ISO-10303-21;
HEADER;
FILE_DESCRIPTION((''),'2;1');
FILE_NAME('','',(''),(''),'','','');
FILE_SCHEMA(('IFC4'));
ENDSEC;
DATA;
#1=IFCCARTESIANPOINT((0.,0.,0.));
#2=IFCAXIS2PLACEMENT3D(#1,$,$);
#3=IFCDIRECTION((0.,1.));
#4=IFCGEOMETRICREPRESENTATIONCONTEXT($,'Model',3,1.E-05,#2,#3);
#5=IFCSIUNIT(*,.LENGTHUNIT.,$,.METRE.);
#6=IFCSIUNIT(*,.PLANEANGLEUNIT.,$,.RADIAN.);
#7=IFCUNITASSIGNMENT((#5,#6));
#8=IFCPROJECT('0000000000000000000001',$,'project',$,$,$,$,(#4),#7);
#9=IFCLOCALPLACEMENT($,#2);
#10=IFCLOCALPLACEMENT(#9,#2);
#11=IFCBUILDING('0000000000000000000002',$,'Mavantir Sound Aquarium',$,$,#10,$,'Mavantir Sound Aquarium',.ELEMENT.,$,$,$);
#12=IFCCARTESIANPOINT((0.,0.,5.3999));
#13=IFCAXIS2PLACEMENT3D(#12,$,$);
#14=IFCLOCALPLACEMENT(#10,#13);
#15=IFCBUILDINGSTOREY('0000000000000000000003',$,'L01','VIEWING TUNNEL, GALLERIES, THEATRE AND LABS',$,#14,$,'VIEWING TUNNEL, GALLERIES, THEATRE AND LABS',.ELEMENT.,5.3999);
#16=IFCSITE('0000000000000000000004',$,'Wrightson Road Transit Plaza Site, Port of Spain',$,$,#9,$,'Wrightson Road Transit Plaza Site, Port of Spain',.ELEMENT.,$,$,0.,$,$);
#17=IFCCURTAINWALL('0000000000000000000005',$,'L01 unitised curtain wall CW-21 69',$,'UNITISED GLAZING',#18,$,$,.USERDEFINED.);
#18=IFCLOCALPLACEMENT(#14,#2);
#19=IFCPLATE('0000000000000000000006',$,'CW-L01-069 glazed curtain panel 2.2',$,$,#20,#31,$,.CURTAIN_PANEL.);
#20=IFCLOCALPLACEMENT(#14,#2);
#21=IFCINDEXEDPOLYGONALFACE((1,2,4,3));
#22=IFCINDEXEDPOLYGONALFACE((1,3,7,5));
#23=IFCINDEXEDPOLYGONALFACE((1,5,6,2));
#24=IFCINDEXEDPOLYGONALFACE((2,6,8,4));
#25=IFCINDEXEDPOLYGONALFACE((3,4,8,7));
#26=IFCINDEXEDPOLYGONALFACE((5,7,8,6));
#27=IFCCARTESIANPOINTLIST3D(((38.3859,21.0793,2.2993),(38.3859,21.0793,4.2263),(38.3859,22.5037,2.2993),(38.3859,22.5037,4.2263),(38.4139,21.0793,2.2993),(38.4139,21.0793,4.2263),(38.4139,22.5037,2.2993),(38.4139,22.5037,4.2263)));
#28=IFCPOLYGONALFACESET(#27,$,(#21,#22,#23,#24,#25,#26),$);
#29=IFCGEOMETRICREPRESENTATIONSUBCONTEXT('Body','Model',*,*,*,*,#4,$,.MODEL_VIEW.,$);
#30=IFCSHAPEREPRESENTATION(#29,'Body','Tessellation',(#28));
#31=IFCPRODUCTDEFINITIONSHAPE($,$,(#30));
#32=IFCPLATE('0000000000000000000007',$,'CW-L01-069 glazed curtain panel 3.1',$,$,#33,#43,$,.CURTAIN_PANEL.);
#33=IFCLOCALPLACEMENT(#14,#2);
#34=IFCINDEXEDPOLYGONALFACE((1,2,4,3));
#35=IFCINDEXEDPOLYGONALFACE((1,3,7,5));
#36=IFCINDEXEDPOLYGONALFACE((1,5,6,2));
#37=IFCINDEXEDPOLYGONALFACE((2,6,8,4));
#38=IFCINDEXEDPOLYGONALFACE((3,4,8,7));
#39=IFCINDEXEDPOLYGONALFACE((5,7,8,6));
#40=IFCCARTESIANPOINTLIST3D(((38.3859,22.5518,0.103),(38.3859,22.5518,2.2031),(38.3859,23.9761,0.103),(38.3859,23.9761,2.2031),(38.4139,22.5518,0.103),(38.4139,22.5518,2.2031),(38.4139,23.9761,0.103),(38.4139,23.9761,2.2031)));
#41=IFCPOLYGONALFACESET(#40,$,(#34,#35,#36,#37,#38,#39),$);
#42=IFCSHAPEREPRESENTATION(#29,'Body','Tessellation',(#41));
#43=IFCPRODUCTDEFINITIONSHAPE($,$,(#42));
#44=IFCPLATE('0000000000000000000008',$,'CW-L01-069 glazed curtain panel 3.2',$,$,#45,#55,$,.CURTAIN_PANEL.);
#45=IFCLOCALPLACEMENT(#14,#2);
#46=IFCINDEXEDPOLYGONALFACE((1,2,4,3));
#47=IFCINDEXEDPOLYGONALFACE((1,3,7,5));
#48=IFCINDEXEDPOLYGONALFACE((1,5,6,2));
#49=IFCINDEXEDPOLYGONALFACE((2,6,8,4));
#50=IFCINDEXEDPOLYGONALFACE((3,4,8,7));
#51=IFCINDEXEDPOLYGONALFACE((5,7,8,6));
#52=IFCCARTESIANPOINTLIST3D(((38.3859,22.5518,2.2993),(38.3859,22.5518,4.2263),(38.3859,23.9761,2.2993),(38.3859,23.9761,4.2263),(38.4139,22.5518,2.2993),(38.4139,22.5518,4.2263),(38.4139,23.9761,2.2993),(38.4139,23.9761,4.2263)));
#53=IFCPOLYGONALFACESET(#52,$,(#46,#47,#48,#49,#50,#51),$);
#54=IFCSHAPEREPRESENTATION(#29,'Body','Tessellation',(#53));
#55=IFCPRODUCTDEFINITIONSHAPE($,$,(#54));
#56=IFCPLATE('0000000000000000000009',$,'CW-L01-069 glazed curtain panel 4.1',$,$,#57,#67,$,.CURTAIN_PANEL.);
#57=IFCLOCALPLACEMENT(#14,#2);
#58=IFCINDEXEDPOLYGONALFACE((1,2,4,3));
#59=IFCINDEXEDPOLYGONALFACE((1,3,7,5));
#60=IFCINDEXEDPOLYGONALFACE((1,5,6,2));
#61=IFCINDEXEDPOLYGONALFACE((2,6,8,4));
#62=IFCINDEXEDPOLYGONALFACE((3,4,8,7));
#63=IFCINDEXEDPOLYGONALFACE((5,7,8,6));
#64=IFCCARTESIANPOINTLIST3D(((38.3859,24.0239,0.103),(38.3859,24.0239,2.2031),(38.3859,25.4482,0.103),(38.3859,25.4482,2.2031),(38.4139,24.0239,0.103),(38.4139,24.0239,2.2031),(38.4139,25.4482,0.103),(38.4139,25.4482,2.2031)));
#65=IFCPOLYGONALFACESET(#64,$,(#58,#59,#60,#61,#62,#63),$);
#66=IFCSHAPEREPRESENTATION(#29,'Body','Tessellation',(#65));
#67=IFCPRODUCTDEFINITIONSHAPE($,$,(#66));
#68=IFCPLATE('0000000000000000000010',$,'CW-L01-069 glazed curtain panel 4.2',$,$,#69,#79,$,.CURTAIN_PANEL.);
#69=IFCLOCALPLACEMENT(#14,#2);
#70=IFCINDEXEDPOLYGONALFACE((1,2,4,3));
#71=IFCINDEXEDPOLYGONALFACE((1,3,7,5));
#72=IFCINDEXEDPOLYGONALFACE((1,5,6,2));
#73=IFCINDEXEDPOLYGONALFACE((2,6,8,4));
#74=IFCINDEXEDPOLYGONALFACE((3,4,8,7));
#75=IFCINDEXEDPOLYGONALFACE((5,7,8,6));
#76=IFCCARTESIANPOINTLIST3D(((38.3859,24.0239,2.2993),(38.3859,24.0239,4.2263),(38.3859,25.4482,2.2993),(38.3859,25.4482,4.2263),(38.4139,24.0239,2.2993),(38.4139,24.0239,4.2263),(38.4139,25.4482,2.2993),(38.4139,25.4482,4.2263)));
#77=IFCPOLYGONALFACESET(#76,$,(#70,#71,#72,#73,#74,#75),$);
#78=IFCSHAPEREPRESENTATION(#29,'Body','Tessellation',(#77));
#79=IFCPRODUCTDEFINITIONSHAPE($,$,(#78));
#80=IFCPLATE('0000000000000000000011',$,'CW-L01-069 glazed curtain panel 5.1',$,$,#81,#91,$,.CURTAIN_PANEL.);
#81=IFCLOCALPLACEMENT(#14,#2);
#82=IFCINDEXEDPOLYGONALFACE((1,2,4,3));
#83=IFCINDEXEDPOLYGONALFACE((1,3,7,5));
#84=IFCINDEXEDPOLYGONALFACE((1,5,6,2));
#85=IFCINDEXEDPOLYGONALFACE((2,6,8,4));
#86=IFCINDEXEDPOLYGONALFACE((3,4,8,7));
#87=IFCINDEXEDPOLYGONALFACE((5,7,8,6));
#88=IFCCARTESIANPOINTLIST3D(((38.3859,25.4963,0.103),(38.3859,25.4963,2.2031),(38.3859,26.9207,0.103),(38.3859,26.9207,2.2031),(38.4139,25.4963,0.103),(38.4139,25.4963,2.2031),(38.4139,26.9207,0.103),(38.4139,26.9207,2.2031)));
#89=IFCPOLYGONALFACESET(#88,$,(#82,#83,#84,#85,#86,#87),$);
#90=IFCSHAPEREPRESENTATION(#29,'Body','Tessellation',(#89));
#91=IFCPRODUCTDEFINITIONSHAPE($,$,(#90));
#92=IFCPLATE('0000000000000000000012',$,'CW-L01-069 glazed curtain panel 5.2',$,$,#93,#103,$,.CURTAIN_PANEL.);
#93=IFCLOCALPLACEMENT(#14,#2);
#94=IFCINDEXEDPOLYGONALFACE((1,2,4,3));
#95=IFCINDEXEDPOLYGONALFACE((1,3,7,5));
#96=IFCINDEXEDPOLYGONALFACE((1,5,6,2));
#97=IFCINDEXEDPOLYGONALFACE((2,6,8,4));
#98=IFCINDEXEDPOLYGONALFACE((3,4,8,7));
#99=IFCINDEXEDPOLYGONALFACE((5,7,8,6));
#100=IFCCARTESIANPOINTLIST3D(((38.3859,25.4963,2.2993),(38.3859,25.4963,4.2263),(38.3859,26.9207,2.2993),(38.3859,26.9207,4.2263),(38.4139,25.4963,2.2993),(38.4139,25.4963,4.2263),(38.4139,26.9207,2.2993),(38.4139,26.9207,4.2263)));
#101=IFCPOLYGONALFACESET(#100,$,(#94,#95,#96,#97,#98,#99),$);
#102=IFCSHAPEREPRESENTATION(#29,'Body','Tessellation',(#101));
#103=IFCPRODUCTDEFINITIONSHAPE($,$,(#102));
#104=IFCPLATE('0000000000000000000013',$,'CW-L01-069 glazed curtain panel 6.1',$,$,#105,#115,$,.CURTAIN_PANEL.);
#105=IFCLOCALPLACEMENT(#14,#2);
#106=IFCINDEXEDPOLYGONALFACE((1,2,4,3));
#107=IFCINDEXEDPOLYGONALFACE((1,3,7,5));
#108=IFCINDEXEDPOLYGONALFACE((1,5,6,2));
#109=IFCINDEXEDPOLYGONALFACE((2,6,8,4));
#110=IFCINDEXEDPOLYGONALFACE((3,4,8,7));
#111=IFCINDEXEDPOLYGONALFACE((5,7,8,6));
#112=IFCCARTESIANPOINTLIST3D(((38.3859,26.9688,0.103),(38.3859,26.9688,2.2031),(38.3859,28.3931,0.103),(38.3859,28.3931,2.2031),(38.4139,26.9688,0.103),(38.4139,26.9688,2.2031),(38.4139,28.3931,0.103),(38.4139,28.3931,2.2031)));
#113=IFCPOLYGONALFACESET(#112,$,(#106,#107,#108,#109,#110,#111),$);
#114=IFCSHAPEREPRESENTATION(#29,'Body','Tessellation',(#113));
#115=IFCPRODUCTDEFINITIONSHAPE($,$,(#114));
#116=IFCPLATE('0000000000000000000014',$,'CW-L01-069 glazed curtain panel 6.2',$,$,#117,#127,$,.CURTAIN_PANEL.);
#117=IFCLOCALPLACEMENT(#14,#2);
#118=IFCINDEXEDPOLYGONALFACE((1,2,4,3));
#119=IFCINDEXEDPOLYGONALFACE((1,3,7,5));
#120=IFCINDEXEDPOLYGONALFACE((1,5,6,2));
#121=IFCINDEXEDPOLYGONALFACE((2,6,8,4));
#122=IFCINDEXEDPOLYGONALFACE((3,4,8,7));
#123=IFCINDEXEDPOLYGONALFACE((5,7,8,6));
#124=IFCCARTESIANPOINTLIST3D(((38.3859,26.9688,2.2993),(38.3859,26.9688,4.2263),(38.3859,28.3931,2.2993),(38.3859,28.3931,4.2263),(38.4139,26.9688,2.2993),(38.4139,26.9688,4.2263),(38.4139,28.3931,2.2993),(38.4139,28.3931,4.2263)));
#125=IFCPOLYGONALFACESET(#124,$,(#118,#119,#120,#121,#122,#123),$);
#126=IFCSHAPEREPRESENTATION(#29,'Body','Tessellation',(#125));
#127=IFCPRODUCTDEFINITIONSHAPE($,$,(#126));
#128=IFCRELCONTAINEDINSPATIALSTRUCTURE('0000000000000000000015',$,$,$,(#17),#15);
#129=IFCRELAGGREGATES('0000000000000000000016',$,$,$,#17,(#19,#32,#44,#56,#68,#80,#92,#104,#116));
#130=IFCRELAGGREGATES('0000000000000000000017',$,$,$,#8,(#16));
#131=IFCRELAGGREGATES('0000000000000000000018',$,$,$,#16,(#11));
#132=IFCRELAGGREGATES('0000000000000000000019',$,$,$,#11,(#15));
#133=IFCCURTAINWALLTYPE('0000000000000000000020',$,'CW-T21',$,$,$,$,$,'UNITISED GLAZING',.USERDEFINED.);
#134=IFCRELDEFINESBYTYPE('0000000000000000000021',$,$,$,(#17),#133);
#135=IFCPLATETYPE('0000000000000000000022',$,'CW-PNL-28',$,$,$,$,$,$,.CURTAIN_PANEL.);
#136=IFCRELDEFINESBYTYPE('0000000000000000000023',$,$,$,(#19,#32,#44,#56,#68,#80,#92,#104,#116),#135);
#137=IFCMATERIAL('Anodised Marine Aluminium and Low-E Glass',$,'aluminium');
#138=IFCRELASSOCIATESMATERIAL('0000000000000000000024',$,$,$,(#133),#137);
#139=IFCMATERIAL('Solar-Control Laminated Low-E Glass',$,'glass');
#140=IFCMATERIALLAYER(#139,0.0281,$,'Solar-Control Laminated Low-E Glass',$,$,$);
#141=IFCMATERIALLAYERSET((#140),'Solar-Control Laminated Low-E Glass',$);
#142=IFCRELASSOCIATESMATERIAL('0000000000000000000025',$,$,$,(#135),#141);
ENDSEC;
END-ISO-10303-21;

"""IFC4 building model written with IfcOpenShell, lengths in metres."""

from ifc_helpers import new_model, si_unit, direction, frame, origin, origin_2d, place, context, subcontext, project, spatial, rectangle, extrude, material, layer, layer_set, type_object, element, aggregate, save


model = new_model("IFC4")

# Units and contexts
model_context = context("Model", 3, precision=1e-05, world=origin(), true_north=direction((0.0, 1.0)))
body_context = subcontext(model_context, "Body", "Model", "MODEL_VIEW")
ifc_project = project(units=[si_unit("LENGTHUNIT", "METRE"), si_unit("PLANEANGLEUNIT", "RADIAN")], contexts=[model_context])

# Site, building, storey
site_placement = place(None, origin())
site = spatial("IfcSite", under=ifc_project, at=site_placement, Name="Wrightson Road Transit Plaza Site, Port of Spain", LongName="Wrightson Road Transit Plaza Site, Port of Spain", CompositionType="ELEMENT", RefElevation=0.0)
building_placement = place(site_placement, origin())
building = spatial("IfcBuilding", under=site, at=building_placement, Name="Mavantir Sound Aquarium", LongName="Mavantir Sound Aquarium", CompositionType="ELEMENT")
storey_placement = place(building_placement, frame((0.0, 0.0, 5.3999)))
storey = spatial("IfcBuildingStorey", under=building, at=storey_placement, Name="L01", Description="VIEWING TUNNEL, GALLERIES, THEATRE AND LABS", LongName="VIEWING TUNNEL, GALLERIES, THEATRE AND LABS", CompositionType="ELEMENT", Elevation=5.3999)

# Curtain wall, plates
ifc_material_1 = material(Name="Anodised Marine Aluminium and Low-E Glass", Category="aluminium")
curtain_wall_type = type_object("IfcCurtainWallType", Name="CW-T21", ElementType="UNITISED GLAZING", PredefinedType="USERDEFINED", material=ifc_material_1)
curtain_wall_placement = place(storey_placement, origin())
curtain_wall = element("IfcCurtainWall", 1, at=curtain_wall_placement, inside=storey, type_object=curtain_wall_type, Name="L01 unitised curtain wall CW-21 69", ObjectType="UNITISED GLAZING", PredefinedType="USERDEFINED")
ifc_material_2 = material(Name="Solar-Control Laminated Low-E Glass", Category="glass")
ifc_layer = layer(ifc_material_2, 0.0281, Name="Solar-Control Laminated Low-E Glass")
ifc_layer_set = layer_set([ifc_layer], Name="Solar-Control Laminated Low-E Glass")
plate_type = type_object("IfcPlateType", Name="CW-PNL-28", PredefinedType="CURTAIN_PANEL", material=ifc_layer_set)
plate_1_placement = place(storey_placement, frame((38.3999, 21.7915, 2.2993), z_axis=(0.0, 0.0, 1.0), x_axis=(0.0, 1.0, 0.0)))
plate_1 = element("IfcPlate", 2, at=plate_1_placement, type_object=plate_type, Name="CW-L01-069 glazed curtain panel 2.2", PredefinedType="CURTAIN_PANEL", context=body_context, shape_type="SweptSolid", body=[
    extrude(rectangle(XDim=1.4243, YDim=0.0281, at=origin_2d()), origin(), (0.0, 0.0, 1.0), 1.927),
])
plate_2_placement = place(storey_placement, frame((38.3999, 23.2639, 0.103), z_axis=(0.0, 0.0, 1.0), x_axis=(0.0, 1.0, 0.0)))
plate_2 = element("IfcPlate", 3, at=plate_2_placement, type_object=plate_type, Name="CW-L01-069 glazed curtain panel 3.1", PredefinedType="CURTAIN_PANEL", context=body_context, shape_type="SweptSolid", body=[
    extrude(rectangle(XDim=1.4243, YDim=0.0281, at=origin_2d()), origin(), (0.0, 0.0, 1.0), 2.1001),
])
plate_3_placement = place(storey_placement, frame((38.3999, 23.2639, 2.2993), z_axis=(0.0, 0.0, 1.0), x_axis=(0.0, 1.0, 0.0)))
plate_3 = element("IfcPlate", 4, at=plate_3_placement, type_object=plate_type, Name="CW-L01-069 glazed curtain panel 3.2", PredefinedType="CURTAIN_PANEL", context=body_context, shape_type="SweptSolid", body=[
    extrude(rectangle(XDim=1.4243, YDim=0.0281, at=origin_2d()), origin(), (0.0, 0.0, 1.0), 1.927),
])
plate_4_placement = place(storey_placement, frame((38.3999, 24.7361, 0.103), z_axis=(0.0, 0.0, 1.0), x_axis=(0.0, 1.0, 0.0)))
plate_4 = element("IfcPlate", 5, at=plate_4_placement, type_object=plate_type, Name="CW-L01-069 glazed curtain panel 4.1", PredefinedType="CURTAIN_PANEL", context=body_context, shape_type="SweptSolid", body=[
    extrude(rectangle(XDim=1.4243, YDim=0.0281, at=origin_2d()), origin(), (0.0, 0.0, 1.0), 2.1001),
])
plate_5_placement = place(storey_placement, frame((38.3999, 24.7361, 2.2993), z_axis=(0.0, 0.0, 1.0), x_axis=(0.0, 1.0, 0.0)))
plate_5 = element("IfcPlate", 6, at=plate_5_placement, type_object=plate_type, Name="CW-L01-069 glazed curtain panel 4.2", PredefinedType="CURTAIN_PANEL", context=body_context, shape_type="SweptSolid", body=[
    extrude(rectangle(XDim=1.4243, YDim=0.0281, at=origin_2d()), origin(), (0.0, 0.0, 1.0), 1.927),
])
plate_6_placement = place(storey_placement, frame((38.3999, 26.2085, 0.103), z_axis=(0.0, 0.0, 1.0), x_axis=(0.0, 1.0, 0.0)))
plate_6 = element("IfcPlate", 7, at=plate_6_placement, type_object=plate_type, Name="CW-L01-069 glazed curtain panel 5.1", PredefinedType="CURTAIN_PANEL", context=body_context, shape_type="SweptSolid", body=[
    extrude(rectangle(XDim=1.4243, YDim=0.0281, at=origin_2d()), origin(), (0.0, 0.0, 1.0), 2.1001),
])
plate_7_placement = place(storey_placement, frame((38.3999, 26.2085, 2.2993), z_axis=(0.0, 0.0, 1.0), x_axis=(0.0, 1.0, 0.0)))
plate_7 = element("IfcPlate", 8, at=plate_7_placement, type_object=plate_type, Name="CW-L01-069 glazed curtain panel 5.2", PredefinedType="CURTAIN_PANEL", context=body_context, shape_type="SweptSolid", body=[
    extrude(rectangle(XDim=1.4243, YDim=0.0281, at=origin_2d()), origin(), (0.0, 0.0, 1.0), 1.927),
])
plate_8_placement = place(storey_placement, frame((38.3999, 27.6809, 0.103), z_axis=(0.0, 0.0, 1.0), x_axis=(0.0, 1.0, 0.0)))
plate_8 = element("IfcPlate", 9, at=plate_8_placement, type_object=plate_type, Name="CW-L01-069 glazed curtain panel 6.1", PredefinedType="CURTAIN_PANEL", context=body_context, shape_type="SweptSolid", body=[
    extrude(rectangle(XDim=1.4243, YDim=0.0281, at=origin_2d()), origin(), (0.0, 0.0, 1.0), 2.1001),
])
plate_9_placement = place(storey_placement, frame((38.3999, 27.6809, 2.2993), z_axis=(0.0, 0.0, 1.0), x_axis=(0.0, 1.0, 0.0)))
plate_9 = element("IfcPlate", 10, at=plate_9_placement, type_object=plate_type, Name="CW-L01-069 glazed curtain panel 6.2", PredefinedType="CURTAIN_PANEL", context=body_context, shape_type="SweptSolid", body=[
    extrude(rectangle(XDim=1.4243, YDim=0.0281, at=origin_2d()), origin(), (0.0, 0.0, 1.0), 1.927),
])
aggregate(curtain_wall, [plate_1, plate_2, plate_3, plate_4, plate_5, plate_6, plate_7, plate_8, plate_9])

save(model, "model.ifc")
